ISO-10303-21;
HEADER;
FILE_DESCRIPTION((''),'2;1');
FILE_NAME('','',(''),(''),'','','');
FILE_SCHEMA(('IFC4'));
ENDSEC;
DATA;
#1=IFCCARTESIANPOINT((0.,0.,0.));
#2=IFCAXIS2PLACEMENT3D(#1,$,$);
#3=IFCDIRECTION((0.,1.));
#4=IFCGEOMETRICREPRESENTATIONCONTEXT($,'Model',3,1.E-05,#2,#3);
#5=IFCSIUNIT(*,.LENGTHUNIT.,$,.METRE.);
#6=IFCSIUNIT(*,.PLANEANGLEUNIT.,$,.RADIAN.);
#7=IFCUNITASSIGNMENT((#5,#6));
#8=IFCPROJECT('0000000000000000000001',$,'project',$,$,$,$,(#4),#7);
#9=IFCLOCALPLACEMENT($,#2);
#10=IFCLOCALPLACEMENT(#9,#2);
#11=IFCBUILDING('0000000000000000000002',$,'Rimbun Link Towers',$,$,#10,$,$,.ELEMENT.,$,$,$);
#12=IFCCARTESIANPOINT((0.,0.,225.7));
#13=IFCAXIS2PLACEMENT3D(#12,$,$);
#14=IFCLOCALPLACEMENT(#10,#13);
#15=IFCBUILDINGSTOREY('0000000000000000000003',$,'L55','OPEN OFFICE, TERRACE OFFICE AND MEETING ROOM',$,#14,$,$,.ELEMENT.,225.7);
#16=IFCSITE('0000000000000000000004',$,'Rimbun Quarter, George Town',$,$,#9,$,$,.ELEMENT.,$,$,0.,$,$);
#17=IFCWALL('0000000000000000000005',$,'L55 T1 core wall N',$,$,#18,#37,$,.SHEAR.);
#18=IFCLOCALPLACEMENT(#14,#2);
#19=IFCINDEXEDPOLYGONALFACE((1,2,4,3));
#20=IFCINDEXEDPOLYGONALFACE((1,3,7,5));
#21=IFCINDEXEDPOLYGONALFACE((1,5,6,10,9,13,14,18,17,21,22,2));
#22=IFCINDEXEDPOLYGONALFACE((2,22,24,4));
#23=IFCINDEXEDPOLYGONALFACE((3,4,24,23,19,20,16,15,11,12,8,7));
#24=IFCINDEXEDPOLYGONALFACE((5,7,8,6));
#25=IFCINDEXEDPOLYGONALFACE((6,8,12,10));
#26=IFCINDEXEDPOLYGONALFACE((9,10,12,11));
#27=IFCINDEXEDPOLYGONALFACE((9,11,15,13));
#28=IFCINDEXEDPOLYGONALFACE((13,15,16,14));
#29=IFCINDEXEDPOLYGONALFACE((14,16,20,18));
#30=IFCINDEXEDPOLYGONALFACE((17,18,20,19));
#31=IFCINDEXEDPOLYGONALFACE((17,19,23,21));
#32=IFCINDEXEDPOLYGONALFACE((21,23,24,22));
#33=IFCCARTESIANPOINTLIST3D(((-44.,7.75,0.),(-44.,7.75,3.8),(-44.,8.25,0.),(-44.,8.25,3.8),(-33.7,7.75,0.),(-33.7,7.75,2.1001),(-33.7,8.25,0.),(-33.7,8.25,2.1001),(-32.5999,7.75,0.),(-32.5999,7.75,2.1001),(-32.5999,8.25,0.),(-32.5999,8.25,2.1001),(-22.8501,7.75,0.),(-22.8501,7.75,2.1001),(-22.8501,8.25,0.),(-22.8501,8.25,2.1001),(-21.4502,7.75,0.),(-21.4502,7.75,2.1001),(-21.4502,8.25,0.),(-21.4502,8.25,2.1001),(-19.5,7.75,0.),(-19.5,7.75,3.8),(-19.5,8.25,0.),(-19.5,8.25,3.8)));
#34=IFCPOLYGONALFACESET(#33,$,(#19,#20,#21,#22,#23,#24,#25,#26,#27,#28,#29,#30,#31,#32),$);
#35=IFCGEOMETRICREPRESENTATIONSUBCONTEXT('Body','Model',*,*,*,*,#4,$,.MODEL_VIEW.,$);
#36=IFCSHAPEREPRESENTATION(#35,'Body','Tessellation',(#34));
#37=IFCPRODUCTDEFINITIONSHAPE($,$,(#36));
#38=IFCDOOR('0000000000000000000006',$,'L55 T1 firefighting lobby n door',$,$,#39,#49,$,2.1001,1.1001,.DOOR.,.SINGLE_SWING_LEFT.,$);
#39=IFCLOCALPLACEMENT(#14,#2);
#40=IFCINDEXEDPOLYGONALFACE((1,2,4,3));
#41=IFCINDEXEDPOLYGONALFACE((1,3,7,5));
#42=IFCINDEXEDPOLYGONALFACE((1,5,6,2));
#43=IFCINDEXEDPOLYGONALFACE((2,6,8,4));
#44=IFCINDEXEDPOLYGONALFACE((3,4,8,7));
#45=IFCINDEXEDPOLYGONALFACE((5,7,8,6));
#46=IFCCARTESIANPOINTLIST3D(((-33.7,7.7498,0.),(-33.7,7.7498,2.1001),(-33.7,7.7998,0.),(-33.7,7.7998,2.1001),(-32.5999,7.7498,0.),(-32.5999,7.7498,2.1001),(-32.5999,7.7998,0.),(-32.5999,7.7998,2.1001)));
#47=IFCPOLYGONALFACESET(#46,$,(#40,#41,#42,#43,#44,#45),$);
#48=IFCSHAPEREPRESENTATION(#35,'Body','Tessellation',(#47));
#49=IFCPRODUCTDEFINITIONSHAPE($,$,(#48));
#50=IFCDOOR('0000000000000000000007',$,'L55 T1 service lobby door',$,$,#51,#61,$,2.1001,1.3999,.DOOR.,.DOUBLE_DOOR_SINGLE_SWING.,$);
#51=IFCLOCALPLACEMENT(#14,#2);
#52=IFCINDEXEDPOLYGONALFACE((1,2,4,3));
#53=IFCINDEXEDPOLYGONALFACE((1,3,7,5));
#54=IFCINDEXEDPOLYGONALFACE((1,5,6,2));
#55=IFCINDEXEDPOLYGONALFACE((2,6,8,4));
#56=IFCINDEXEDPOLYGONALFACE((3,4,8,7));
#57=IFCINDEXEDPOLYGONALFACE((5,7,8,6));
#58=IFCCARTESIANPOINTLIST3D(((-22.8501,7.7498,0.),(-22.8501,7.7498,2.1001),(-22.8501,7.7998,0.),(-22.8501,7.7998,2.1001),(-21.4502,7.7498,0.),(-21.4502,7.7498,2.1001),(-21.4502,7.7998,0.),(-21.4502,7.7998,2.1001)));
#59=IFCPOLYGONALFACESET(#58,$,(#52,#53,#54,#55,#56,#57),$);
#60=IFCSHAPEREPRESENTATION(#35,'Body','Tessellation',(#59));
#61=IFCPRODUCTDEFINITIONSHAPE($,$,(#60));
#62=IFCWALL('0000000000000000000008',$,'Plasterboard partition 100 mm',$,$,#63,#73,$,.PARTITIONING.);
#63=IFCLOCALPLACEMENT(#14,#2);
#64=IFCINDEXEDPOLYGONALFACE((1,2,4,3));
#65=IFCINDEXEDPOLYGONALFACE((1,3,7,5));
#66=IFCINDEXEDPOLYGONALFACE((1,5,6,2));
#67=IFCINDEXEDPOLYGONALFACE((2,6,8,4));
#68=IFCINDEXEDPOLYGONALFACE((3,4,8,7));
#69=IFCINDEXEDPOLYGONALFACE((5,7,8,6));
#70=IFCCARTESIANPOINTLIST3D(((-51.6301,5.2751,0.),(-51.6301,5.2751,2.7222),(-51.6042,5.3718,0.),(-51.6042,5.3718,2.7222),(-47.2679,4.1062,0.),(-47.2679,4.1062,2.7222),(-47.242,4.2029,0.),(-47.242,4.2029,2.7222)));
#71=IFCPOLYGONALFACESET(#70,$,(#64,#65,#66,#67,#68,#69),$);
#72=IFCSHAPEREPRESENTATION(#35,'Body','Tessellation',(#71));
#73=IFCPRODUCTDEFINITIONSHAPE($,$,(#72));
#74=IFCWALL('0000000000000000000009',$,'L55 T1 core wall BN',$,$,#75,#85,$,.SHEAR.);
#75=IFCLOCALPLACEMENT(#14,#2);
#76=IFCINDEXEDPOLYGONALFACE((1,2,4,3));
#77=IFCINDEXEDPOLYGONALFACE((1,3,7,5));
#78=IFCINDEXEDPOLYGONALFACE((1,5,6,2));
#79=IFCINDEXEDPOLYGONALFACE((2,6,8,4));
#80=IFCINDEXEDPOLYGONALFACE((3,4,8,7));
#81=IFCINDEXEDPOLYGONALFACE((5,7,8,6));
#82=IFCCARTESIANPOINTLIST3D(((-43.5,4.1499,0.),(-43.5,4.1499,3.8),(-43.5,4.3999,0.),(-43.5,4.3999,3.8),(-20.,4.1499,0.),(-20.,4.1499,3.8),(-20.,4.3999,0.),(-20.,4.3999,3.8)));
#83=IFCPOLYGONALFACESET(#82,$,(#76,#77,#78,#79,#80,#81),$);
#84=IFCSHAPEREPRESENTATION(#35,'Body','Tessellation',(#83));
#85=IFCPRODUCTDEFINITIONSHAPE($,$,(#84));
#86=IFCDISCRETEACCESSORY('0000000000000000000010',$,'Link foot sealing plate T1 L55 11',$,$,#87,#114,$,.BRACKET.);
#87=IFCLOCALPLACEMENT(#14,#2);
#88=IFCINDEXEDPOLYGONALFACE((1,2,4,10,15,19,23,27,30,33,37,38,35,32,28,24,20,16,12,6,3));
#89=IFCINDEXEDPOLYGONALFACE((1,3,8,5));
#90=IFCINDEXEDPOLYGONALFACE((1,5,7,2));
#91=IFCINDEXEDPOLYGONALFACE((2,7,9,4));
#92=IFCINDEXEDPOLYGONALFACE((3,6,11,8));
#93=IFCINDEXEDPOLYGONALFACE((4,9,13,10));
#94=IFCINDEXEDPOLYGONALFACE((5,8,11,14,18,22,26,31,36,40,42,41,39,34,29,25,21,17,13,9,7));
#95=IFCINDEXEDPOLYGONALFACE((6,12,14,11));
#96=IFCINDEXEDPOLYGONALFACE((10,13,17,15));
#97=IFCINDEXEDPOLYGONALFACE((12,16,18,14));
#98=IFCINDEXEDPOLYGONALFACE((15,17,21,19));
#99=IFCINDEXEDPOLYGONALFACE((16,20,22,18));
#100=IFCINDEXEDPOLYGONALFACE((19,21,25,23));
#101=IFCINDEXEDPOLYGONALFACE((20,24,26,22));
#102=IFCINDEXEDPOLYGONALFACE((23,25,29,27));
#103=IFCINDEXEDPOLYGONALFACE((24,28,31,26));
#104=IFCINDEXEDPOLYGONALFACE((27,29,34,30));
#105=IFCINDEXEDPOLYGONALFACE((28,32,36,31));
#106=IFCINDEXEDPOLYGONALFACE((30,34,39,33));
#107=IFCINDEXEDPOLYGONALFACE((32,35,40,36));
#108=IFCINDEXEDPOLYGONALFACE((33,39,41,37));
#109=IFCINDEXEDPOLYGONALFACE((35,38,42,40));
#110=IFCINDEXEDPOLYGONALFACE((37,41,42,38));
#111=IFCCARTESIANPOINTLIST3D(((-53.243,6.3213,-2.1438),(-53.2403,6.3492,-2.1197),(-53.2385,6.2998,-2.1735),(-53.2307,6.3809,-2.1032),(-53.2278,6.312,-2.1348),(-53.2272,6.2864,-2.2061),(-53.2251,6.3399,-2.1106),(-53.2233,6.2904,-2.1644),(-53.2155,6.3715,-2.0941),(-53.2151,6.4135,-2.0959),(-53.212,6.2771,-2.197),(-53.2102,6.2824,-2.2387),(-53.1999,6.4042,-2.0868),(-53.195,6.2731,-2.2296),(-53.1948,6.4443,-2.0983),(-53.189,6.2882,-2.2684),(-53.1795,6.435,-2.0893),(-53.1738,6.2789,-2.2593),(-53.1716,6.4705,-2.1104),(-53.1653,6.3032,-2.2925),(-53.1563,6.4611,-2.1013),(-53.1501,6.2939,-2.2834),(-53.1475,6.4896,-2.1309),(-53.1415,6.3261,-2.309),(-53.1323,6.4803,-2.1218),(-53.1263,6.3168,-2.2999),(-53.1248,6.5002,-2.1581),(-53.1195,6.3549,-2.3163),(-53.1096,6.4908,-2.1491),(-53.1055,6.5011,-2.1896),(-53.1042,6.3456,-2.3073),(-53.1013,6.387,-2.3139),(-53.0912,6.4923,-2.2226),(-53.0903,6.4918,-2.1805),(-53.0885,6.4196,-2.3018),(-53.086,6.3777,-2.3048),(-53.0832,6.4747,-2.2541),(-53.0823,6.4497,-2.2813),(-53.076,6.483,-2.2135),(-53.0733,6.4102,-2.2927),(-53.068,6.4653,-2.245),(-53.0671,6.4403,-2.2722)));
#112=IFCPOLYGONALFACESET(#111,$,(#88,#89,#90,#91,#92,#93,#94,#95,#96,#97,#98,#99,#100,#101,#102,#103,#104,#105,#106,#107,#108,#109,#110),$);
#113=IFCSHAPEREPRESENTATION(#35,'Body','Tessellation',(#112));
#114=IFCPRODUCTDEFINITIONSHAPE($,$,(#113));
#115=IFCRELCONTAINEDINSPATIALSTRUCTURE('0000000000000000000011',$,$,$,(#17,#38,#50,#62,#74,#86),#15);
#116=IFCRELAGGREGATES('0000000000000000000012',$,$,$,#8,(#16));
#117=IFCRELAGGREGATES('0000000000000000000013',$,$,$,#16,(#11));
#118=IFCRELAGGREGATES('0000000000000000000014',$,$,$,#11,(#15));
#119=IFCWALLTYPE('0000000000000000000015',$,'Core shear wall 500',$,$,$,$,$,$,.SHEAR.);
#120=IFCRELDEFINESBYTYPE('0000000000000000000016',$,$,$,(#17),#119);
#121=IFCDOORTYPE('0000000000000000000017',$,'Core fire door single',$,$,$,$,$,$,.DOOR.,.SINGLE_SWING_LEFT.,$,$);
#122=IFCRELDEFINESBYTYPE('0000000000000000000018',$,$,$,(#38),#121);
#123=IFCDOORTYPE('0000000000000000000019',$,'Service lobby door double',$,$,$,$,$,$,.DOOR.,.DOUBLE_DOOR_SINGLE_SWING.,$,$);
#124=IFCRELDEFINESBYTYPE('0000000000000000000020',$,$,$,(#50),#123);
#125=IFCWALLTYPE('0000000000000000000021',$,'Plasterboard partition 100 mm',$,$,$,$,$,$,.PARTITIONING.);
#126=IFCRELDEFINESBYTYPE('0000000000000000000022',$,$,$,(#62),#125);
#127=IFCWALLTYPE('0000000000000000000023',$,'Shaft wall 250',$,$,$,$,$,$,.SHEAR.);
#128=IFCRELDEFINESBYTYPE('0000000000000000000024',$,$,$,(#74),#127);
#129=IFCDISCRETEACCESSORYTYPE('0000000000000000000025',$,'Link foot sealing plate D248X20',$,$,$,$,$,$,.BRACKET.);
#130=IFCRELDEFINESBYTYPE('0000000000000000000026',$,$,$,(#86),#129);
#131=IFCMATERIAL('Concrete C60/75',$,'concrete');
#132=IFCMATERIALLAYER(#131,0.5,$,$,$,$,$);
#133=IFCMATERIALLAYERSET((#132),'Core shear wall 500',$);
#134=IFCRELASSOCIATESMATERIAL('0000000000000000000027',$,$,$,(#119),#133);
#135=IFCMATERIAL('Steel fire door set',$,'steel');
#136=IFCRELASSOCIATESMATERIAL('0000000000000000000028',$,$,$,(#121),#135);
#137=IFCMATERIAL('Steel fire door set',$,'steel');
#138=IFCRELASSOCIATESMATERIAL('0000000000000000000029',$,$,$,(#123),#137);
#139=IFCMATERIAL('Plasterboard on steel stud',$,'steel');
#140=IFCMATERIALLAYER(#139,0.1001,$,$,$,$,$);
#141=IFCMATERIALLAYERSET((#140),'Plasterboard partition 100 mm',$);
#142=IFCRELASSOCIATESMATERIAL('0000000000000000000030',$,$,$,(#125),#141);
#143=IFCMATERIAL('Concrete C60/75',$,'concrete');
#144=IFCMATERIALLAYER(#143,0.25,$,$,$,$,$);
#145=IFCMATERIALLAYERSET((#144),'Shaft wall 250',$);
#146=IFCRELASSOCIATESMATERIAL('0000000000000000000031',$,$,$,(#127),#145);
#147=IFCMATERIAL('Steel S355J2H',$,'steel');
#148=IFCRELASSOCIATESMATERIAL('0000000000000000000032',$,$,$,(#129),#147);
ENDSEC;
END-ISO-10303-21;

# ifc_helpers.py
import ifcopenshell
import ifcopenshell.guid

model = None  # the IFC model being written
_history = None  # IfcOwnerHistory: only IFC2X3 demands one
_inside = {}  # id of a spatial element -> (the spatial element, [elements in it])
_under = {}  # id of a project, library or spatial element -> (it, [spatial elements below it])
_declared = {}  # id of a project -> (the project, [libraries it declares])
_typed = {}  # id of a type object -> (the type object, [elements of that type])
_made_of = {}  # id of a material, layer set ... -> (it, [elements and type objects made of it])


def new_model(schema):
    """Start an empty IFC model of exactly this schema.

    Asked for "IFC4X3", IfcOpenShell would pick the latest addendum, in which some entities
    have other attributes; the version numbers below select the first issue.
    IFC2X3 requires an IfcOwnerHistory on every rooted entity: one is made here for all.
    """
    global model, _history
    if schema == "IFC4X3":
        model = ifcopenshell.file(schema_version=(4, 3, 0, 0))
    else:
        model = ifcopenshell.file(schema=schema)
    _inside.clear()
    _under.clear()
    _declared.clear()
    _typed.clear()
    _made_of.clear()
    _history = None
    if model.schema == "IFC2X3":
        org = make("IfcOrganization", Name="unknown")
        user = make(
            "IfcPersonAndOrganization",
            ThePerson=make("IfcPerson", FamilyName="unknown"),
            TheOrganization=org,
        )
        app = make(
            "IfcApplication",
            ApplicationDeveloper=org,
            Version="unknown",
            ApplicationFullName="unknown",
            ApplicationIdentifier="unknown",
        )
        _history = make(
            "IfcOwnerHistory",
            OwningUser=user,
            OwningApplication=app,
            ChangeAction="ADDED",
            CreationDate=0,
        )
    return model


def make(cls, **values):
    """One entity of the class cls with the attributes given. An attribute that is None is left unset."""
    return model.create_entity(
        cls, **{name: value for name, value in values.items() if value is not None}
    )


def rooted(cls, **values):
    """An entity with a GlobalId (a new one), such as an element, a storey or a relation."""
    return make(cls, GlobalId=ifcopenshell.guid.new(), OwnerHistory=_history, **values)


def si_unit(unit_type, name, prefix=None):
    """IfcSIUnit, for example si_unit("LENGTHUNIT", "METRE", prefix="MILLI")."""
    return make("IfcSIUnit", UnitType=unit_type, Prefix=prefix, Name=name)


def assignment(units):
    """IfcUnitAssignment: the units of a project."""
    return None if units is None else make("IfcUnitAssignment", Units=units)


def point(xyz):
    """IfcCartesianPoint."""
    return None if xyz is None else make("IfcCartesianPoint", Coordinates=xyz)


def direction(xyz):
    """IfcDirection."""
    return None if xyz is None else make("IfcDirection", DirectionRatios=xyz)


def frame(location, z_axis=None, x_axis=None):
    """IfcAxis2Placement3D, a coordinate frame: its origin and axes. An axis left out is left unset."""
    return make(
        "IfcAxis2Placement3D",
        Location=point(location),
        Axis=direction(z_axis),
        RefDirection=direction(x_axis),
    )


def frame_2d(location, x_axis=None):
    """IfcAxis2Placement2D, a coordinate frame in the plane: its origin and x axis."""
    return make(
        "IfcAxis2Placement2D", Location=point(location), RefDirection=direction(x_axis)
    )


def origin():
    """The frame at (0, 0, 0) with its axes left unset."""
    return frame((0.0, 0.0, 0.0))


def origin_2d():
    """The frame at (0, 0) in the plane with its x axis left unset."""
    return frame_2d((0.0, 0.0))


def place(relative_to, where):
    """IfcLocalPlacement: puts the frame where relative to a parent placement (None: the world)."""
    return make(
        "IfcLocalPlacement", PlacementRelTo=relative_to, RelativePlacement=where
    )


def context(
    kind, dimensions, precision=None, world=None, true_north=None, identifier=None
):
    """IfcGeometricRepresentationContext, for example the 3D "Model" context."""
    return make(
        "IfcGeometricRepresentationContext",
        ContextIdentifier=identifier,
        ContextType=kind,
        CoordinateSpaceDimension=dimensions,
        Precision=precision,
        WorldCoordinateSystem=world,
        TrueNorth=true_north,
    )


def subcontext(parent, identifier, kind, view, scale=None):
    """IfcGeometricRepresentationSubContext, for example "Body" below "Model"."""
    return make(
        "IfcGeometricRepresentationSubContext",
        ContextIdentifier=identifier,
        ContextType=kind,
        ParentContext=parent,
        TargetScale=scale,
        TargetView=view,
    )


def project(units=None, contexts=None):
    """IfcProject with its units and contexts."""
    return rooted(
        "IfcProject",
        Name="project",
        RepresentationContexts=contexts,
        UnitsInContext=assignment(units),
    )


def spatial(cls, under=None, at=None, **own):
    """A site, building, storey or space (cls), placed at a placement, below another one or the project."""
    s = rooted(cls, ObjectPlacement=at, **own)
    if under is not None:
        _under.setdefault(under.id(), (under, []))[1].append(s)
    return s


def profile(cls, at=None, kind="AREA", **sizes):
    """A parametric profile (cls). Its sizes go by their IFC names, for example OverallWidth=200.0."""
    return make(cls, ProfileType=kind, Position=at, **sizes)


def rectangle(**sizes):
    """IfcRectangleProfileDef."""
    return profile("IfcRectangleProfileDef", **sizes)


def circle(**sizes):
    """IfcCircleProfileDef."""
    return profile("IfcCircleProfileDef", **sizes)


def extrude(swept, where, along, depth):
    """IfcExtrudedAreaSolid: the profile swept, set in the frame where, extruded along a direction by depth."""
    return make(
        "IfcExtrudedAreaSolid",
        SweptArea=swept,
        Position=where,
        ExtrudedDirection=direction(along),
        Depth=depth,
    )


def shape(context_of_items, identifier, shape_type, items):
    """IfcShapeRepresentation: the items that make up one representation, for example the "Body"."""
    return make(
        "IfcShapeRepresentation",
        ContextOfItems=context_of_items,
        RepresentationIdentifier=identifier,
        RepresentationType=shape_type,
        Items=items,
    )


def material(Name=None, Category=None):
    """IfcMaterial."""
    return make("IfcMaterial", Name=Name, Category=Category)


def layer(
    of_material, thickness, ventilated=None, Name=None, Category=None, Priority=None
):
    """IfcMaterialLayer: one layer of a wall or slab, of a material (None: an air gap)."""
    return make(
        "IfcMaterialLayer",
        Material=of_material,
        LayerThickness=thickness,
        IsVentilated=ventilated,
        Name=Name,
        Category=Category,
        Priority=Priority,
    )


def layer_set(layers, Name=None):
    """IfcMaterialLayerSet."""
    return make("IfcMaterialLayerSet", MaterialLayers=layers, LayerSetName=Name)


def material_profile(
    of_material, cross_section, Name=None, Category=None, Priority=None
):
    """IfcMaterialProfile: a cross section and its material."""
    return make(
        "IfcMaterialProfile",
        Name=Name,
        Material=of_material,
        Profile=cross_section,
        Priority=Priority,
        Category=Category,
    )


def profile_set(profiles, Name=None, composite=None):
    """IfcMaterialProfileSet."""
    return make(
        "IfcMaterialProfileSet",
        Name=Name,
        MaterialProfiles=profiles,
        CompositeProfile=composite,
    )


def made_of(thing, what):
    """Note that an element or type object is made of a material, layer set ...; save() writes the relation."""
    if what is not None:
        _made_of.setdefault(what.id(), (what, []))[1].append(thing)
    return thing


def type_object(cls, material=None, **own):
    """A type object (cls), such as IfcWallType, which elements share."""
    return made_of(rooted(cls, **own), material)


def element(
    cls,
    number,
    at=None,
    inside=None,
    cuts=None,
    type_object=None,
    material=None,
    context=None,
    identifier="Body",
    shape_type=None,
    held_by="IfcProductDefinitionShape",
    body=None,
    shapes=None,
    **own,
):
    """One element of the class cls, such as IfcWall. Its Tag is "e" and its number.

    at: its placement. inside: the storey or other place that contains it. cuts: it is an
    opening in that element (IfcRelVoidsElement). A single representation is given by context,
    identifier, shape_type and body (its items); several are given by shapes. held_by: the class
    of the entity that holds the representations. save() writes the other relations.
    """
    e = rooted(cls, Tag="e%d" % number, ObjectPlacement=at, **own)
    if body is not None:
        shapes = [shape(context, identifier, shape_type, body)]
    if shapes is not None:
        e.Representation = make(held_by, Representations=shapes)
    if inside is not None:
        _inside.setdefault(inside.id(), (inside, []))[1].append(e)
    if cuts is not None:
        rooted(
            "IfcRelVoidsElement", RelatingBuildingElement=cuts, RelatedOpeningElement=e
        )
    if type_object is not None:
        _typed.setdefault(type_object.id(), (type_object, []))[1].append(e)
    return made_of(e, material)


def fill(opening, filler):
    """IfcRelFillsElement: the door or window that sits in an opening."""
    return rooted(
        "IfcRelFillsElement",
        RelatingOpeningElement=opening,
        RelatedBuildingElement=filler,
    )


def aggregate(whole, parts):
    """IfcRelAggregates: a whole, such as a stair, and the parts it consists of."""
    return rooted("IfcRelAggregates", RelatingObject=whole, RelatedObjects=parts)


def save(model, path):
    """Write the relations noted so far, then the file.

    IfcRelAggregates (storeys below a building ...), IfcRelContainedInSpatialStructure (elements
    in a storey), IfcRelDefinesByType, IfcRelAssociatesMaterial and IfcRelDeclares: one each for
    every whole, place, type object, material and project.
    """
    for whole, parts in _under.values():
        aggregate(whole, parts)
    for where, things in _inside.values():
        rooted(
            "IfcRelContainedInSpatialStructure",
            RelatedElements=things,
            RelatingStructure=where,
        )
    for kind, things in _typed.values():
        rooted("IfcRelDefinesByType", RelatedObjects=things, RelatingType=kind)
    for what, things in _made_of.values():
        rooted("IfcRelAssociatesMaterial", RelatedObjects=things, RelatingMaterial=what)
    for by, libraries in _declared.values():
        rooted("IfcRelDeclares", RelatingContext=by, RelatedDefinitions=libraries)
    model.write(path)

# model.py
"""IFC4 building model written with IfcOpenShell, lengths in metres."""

from ifc_helpers import new_model, si_unit, direction, frame, frame_2d, origin, origin_2d, place, context, subcontext, project, spatial, rectangle, circle, extrude, material, layer, layer_set, material_profile, profile_set, type_object, element, fill, save


model = new_model("IFC4")

# Units and contexts
model_context = context("Model", 3, precision=1e-05, world=origin(), true_north=direction((0.0, 1.0)))
body_context = subcontext(model_context, "Body", "Model", "MODEL_VIEW")
ifc_project = project(units=[si_unit("LENGTHUNIT", "METRE"), si_unit("PLANEANGLEUNIT", "RADIAN")], contexts=[model_context])

# Site, building, storey
site_placement = place(None, origin())
site = spatial("IfcSite", under=ifc_project, at=site_placement, Name="Rimbun Quarter, George Town", CompositionType="ELEMENT", RefElevation=0.0)
building_placement = place(site_placement, origin())
building = spatial("IfcBuilding", under=site, at=building_placement, Name="Rimbun Link Towers", CompositionType="ELEMENT")
storey_placement = place(building_placement, frame((0.0, 0.0, 225.7)))
storey = spatial("IfcBuildingStorey", under=building, at=storey_placement, Name="L55", Description="OPEN OFFICE, TERRACE OFFICE AND MEETING ROOM", CompositionType="ELEMENT", Elevation=225.7)

# Wall, openings, doors
ifc_material_1 = material(Name="Concrete C60/75", Category="concrete")
ifc_layer_1 = layer(ifc_material_1, 0.5)
ifc_layer_set_1 = layer_set([ifc_layer_1], Name="Core shear wall 500")
wall_type_1 = type_object("IfcWallType", Name="Core shear wall 500", PredefinedType="SHEAR", material=ifc_layer_set_1)
wall_1_placement = place(storey_placement, frame((-44.0, 8.0, 0.0), z_axis=(0.0, 0.0, 1.0), x_axis=(1.0, 0.0, 0.0)))
wall_1 = element("IfcWall", 1, at=wall_1_placement, inside=storey, type_object=wall_type_1, Name="L55 T1 core wall N", PredefinedType="SHEAR", context=body_context, shape_type="SweptSolid", body=[
    extrude(rectangle(XDim=24.5, YDim=0.5, at=frame_2d((12.25, 0.0))), origin(), (0.0, 0.0, 1.0), 3.8),
])
opening_1_placement = place(wall_1_placement, frame((10.3, 0.0, 0.0)))
opening_1 = element("IfcOpeningElement", 2, at=opening_1_placement, cuts=wall_1, PredefinedType="OPENING", context=body_context, shape_type="SweptSolid", body=[
    extrude(rectangle(XDim=1.1001, YDim=2.1001, at=frame_2d((0.55, 1.05))), frame((0.0, 0.26, 0.0), z_axis=(0.0, -1.0, 0.0), x_axis=(1.0, 0.0, 0.0)), (0.0, 0.0, 1.0), 0.52),
])
opening_2_placement = place(wall_1_placement, frame((21.1499, 0.0, 0.0)))
opening_2 = element("IfcOpeningElement", 3, at=opening_2_placement, cuts=wall_1, PredefinedType="OPENING", context=body_context, shape_type="SweptSolid", body=[
    extrude(rectangle(XDim=1.3999, YDim=2.1001, at=frame_2d((0.7, 1.05))), frame((0.0, 0.26, 0.0), z_axis=(0.0, -1.0, 0.0), x_axis=(1.0, 0.0, 0.0)), (0.0, 0.0, 1.0), 0.52),
])
ifc_material_2 = material(Name="Steel fire door set", Category="steel")
door_type_1 = type_object("IfcDoorType", Name="Core fire door single", OperationType="SINGLE_SWING_LEFT", PredefinedType="DOOR", material=ifc_material_2)
door_1_placement = place(opening_1_placement, origin())
door_1 = element("IfcDoor", 4, at=door_1_placement, inside=storey, type_object=door_type_1, Name="L55 T1 firefighting lobby n door", OperationType="SINGLE_SWING_LEFT", OverallHeight=2.1001, OverallWidth=1.1001, PredefinedType="DOOR", context=body_context, shape_type="SweptSolid", body=[
    extrude(rectangle(XDim=1.1001, YDim=2.1001, at=frame_2d((0.55, 1.05))), frame((0.0, -0.2002, 0.0), z_axis=(0.0, -1.0, 0.0), x_axis=(1.0, 0.0, 0.0)), (0.0, 0.0, 1.0), 0.05),
])
fill(opening_1, door_1)
ifc_material_3 = material(Name="Steel fire door set", Category="steel")
door_type_2 = type_object("IfcDoorType", Name="Service lobby door double", OperationType="DOUBLE_DOOR_SINGLE_SWING", PredefinedType="DOOR", material=ifc_material_3)
door_2_placement = place(opening_2_placement, origin())
door_2 = element("IfcDoor", 5, at=door_2_placement, inside=storey, type_object=door_type_2, Name="L55 T1 service lobby door", OperationType="DOUBLE_DOOR_SINGLE_SWING", OverallHeight=2.1001, OverallWidth=1.3999, PredefinedType="DOOR", context=body_context, shape_type="SweptSolid", body=[
    extrude(rectangle(XDim=1.3999, YDim=2.1001, at=frame_2d((0.7, 1.05))), frame((0.0, -0.2002, 0.0), z_axis=(0.0, -1.0, 0.0), x_axis=(1.0, 0.0, 0.0)), (0.0, 0.0, 1.0), 0.05),
])
fill(opening_2, door_2)

# Walls
ifc_material_4 = material(Name="Plasterboard on steel stud", Category="steel")
ifc_layer_2 = layer(ifc_material_4, 0.1001)
ifc_layer_set_2 = layer_set([ifc_layer_2], Name="Plasterboard partition 100 mm")
wall_type_2 = type_object("IfcWallType", Name="Plasterboard partition 100 mm", PredefinedType="PARTITIONING", material=ifc_layer_set_2)
wall_2_placement = place(storey_placement, frame((-51.6172, 5.3235, 0.0), z_axis=(0.0, 0.0, 1.0), x_axis=(0.965922, -0.258833, 0.0)))
element("IfcWall", 6, at=wall_2_placement, inside=storey, type_object=wall_type_2, Name="Plasterboard partition 100 mm", PredefinedType="PARTITIONING", context=body_context, shape_type="SweptSolid", body=[
    extrude(rectangle(XDim=4.5161, YDim=0.1001, at=frame_2d((2.2581, 0.0))), origin(), (0.0, 0.0, 1.0), 2.7222),
])
ifc_material_5 = material(Name="Concrete C60/75", Category="concrete")
ifc_layer_3 = layer(ifc_material_5, 0.25)
ifc_layer_set_3 = layer_set([ifc_layer_3], Name="Shaft wall 250")
wall_type_3 = type_object("IfcWallType", Name="Shaft wall 250", PredefinedType="SHEAR", material=ifc_layer_set_3)
wall_3_placement = place(storey_placement, frame((-43.5, 4.2749, 0.0), z_axis=(0.0, 0.0, 1.0), x_axis=(1.0, 0.0, 0.0)))
element("IfcWall", 7, at=wall_3_placement, inside=storey, type_object=wall_type_3, Name="L55 T1 core wall BN", PredefinedType="SHEAR", context=body_context, shape_type="SweptSolid", body=[
    extrude(rectangle(XDim=23.5, YDim=0.25, at=frame_2d((11.75, 0.0))), origin(), (0.0, 0.0, 1.0), 3.8),
])

# Discrete accessory
ifc_material_6 = material(Name="Steel S355J2H", Category="steel")
ifc_material_profile_1 = material_profile(ifc_material_6, circle(Radius=0.124, at=origin_2d()), Name="PL D248")
ifc_profile_set_1 = profile_set([ifc_material_profile_1], Name="Steel S355J2H")
discrete_accessory_type = type_object("IfcDiscreteAccessoryType", Name="Link foot sealing plate D248X20", PredefinedType="BRACKET", material=ifc_profile_set_1)
discrete_accessory_placement = place(storey_placement, frame((-53.1472, 6.3828, -2.197), z_axis=(-0.759893, 0.465741, -0.453484), x_axis=(-0.522562, -0.852601, 0.0)))
element("IfcDiscreteAccessory", 8, at=discrete_accessory_placement, inside=storey, type_object=discrete_accessory_type, Name="Link foot sealing plate T1 L55 11", PredefinedType="BRACKET", context=body_context, shape_type="SweptSolid", body=[
    extrude(circle(Radius=0.124, at=origin_2d()), origin(), (0.0, 0.0, 1.0), 0.02),
])

save(model, "model.ifc")
